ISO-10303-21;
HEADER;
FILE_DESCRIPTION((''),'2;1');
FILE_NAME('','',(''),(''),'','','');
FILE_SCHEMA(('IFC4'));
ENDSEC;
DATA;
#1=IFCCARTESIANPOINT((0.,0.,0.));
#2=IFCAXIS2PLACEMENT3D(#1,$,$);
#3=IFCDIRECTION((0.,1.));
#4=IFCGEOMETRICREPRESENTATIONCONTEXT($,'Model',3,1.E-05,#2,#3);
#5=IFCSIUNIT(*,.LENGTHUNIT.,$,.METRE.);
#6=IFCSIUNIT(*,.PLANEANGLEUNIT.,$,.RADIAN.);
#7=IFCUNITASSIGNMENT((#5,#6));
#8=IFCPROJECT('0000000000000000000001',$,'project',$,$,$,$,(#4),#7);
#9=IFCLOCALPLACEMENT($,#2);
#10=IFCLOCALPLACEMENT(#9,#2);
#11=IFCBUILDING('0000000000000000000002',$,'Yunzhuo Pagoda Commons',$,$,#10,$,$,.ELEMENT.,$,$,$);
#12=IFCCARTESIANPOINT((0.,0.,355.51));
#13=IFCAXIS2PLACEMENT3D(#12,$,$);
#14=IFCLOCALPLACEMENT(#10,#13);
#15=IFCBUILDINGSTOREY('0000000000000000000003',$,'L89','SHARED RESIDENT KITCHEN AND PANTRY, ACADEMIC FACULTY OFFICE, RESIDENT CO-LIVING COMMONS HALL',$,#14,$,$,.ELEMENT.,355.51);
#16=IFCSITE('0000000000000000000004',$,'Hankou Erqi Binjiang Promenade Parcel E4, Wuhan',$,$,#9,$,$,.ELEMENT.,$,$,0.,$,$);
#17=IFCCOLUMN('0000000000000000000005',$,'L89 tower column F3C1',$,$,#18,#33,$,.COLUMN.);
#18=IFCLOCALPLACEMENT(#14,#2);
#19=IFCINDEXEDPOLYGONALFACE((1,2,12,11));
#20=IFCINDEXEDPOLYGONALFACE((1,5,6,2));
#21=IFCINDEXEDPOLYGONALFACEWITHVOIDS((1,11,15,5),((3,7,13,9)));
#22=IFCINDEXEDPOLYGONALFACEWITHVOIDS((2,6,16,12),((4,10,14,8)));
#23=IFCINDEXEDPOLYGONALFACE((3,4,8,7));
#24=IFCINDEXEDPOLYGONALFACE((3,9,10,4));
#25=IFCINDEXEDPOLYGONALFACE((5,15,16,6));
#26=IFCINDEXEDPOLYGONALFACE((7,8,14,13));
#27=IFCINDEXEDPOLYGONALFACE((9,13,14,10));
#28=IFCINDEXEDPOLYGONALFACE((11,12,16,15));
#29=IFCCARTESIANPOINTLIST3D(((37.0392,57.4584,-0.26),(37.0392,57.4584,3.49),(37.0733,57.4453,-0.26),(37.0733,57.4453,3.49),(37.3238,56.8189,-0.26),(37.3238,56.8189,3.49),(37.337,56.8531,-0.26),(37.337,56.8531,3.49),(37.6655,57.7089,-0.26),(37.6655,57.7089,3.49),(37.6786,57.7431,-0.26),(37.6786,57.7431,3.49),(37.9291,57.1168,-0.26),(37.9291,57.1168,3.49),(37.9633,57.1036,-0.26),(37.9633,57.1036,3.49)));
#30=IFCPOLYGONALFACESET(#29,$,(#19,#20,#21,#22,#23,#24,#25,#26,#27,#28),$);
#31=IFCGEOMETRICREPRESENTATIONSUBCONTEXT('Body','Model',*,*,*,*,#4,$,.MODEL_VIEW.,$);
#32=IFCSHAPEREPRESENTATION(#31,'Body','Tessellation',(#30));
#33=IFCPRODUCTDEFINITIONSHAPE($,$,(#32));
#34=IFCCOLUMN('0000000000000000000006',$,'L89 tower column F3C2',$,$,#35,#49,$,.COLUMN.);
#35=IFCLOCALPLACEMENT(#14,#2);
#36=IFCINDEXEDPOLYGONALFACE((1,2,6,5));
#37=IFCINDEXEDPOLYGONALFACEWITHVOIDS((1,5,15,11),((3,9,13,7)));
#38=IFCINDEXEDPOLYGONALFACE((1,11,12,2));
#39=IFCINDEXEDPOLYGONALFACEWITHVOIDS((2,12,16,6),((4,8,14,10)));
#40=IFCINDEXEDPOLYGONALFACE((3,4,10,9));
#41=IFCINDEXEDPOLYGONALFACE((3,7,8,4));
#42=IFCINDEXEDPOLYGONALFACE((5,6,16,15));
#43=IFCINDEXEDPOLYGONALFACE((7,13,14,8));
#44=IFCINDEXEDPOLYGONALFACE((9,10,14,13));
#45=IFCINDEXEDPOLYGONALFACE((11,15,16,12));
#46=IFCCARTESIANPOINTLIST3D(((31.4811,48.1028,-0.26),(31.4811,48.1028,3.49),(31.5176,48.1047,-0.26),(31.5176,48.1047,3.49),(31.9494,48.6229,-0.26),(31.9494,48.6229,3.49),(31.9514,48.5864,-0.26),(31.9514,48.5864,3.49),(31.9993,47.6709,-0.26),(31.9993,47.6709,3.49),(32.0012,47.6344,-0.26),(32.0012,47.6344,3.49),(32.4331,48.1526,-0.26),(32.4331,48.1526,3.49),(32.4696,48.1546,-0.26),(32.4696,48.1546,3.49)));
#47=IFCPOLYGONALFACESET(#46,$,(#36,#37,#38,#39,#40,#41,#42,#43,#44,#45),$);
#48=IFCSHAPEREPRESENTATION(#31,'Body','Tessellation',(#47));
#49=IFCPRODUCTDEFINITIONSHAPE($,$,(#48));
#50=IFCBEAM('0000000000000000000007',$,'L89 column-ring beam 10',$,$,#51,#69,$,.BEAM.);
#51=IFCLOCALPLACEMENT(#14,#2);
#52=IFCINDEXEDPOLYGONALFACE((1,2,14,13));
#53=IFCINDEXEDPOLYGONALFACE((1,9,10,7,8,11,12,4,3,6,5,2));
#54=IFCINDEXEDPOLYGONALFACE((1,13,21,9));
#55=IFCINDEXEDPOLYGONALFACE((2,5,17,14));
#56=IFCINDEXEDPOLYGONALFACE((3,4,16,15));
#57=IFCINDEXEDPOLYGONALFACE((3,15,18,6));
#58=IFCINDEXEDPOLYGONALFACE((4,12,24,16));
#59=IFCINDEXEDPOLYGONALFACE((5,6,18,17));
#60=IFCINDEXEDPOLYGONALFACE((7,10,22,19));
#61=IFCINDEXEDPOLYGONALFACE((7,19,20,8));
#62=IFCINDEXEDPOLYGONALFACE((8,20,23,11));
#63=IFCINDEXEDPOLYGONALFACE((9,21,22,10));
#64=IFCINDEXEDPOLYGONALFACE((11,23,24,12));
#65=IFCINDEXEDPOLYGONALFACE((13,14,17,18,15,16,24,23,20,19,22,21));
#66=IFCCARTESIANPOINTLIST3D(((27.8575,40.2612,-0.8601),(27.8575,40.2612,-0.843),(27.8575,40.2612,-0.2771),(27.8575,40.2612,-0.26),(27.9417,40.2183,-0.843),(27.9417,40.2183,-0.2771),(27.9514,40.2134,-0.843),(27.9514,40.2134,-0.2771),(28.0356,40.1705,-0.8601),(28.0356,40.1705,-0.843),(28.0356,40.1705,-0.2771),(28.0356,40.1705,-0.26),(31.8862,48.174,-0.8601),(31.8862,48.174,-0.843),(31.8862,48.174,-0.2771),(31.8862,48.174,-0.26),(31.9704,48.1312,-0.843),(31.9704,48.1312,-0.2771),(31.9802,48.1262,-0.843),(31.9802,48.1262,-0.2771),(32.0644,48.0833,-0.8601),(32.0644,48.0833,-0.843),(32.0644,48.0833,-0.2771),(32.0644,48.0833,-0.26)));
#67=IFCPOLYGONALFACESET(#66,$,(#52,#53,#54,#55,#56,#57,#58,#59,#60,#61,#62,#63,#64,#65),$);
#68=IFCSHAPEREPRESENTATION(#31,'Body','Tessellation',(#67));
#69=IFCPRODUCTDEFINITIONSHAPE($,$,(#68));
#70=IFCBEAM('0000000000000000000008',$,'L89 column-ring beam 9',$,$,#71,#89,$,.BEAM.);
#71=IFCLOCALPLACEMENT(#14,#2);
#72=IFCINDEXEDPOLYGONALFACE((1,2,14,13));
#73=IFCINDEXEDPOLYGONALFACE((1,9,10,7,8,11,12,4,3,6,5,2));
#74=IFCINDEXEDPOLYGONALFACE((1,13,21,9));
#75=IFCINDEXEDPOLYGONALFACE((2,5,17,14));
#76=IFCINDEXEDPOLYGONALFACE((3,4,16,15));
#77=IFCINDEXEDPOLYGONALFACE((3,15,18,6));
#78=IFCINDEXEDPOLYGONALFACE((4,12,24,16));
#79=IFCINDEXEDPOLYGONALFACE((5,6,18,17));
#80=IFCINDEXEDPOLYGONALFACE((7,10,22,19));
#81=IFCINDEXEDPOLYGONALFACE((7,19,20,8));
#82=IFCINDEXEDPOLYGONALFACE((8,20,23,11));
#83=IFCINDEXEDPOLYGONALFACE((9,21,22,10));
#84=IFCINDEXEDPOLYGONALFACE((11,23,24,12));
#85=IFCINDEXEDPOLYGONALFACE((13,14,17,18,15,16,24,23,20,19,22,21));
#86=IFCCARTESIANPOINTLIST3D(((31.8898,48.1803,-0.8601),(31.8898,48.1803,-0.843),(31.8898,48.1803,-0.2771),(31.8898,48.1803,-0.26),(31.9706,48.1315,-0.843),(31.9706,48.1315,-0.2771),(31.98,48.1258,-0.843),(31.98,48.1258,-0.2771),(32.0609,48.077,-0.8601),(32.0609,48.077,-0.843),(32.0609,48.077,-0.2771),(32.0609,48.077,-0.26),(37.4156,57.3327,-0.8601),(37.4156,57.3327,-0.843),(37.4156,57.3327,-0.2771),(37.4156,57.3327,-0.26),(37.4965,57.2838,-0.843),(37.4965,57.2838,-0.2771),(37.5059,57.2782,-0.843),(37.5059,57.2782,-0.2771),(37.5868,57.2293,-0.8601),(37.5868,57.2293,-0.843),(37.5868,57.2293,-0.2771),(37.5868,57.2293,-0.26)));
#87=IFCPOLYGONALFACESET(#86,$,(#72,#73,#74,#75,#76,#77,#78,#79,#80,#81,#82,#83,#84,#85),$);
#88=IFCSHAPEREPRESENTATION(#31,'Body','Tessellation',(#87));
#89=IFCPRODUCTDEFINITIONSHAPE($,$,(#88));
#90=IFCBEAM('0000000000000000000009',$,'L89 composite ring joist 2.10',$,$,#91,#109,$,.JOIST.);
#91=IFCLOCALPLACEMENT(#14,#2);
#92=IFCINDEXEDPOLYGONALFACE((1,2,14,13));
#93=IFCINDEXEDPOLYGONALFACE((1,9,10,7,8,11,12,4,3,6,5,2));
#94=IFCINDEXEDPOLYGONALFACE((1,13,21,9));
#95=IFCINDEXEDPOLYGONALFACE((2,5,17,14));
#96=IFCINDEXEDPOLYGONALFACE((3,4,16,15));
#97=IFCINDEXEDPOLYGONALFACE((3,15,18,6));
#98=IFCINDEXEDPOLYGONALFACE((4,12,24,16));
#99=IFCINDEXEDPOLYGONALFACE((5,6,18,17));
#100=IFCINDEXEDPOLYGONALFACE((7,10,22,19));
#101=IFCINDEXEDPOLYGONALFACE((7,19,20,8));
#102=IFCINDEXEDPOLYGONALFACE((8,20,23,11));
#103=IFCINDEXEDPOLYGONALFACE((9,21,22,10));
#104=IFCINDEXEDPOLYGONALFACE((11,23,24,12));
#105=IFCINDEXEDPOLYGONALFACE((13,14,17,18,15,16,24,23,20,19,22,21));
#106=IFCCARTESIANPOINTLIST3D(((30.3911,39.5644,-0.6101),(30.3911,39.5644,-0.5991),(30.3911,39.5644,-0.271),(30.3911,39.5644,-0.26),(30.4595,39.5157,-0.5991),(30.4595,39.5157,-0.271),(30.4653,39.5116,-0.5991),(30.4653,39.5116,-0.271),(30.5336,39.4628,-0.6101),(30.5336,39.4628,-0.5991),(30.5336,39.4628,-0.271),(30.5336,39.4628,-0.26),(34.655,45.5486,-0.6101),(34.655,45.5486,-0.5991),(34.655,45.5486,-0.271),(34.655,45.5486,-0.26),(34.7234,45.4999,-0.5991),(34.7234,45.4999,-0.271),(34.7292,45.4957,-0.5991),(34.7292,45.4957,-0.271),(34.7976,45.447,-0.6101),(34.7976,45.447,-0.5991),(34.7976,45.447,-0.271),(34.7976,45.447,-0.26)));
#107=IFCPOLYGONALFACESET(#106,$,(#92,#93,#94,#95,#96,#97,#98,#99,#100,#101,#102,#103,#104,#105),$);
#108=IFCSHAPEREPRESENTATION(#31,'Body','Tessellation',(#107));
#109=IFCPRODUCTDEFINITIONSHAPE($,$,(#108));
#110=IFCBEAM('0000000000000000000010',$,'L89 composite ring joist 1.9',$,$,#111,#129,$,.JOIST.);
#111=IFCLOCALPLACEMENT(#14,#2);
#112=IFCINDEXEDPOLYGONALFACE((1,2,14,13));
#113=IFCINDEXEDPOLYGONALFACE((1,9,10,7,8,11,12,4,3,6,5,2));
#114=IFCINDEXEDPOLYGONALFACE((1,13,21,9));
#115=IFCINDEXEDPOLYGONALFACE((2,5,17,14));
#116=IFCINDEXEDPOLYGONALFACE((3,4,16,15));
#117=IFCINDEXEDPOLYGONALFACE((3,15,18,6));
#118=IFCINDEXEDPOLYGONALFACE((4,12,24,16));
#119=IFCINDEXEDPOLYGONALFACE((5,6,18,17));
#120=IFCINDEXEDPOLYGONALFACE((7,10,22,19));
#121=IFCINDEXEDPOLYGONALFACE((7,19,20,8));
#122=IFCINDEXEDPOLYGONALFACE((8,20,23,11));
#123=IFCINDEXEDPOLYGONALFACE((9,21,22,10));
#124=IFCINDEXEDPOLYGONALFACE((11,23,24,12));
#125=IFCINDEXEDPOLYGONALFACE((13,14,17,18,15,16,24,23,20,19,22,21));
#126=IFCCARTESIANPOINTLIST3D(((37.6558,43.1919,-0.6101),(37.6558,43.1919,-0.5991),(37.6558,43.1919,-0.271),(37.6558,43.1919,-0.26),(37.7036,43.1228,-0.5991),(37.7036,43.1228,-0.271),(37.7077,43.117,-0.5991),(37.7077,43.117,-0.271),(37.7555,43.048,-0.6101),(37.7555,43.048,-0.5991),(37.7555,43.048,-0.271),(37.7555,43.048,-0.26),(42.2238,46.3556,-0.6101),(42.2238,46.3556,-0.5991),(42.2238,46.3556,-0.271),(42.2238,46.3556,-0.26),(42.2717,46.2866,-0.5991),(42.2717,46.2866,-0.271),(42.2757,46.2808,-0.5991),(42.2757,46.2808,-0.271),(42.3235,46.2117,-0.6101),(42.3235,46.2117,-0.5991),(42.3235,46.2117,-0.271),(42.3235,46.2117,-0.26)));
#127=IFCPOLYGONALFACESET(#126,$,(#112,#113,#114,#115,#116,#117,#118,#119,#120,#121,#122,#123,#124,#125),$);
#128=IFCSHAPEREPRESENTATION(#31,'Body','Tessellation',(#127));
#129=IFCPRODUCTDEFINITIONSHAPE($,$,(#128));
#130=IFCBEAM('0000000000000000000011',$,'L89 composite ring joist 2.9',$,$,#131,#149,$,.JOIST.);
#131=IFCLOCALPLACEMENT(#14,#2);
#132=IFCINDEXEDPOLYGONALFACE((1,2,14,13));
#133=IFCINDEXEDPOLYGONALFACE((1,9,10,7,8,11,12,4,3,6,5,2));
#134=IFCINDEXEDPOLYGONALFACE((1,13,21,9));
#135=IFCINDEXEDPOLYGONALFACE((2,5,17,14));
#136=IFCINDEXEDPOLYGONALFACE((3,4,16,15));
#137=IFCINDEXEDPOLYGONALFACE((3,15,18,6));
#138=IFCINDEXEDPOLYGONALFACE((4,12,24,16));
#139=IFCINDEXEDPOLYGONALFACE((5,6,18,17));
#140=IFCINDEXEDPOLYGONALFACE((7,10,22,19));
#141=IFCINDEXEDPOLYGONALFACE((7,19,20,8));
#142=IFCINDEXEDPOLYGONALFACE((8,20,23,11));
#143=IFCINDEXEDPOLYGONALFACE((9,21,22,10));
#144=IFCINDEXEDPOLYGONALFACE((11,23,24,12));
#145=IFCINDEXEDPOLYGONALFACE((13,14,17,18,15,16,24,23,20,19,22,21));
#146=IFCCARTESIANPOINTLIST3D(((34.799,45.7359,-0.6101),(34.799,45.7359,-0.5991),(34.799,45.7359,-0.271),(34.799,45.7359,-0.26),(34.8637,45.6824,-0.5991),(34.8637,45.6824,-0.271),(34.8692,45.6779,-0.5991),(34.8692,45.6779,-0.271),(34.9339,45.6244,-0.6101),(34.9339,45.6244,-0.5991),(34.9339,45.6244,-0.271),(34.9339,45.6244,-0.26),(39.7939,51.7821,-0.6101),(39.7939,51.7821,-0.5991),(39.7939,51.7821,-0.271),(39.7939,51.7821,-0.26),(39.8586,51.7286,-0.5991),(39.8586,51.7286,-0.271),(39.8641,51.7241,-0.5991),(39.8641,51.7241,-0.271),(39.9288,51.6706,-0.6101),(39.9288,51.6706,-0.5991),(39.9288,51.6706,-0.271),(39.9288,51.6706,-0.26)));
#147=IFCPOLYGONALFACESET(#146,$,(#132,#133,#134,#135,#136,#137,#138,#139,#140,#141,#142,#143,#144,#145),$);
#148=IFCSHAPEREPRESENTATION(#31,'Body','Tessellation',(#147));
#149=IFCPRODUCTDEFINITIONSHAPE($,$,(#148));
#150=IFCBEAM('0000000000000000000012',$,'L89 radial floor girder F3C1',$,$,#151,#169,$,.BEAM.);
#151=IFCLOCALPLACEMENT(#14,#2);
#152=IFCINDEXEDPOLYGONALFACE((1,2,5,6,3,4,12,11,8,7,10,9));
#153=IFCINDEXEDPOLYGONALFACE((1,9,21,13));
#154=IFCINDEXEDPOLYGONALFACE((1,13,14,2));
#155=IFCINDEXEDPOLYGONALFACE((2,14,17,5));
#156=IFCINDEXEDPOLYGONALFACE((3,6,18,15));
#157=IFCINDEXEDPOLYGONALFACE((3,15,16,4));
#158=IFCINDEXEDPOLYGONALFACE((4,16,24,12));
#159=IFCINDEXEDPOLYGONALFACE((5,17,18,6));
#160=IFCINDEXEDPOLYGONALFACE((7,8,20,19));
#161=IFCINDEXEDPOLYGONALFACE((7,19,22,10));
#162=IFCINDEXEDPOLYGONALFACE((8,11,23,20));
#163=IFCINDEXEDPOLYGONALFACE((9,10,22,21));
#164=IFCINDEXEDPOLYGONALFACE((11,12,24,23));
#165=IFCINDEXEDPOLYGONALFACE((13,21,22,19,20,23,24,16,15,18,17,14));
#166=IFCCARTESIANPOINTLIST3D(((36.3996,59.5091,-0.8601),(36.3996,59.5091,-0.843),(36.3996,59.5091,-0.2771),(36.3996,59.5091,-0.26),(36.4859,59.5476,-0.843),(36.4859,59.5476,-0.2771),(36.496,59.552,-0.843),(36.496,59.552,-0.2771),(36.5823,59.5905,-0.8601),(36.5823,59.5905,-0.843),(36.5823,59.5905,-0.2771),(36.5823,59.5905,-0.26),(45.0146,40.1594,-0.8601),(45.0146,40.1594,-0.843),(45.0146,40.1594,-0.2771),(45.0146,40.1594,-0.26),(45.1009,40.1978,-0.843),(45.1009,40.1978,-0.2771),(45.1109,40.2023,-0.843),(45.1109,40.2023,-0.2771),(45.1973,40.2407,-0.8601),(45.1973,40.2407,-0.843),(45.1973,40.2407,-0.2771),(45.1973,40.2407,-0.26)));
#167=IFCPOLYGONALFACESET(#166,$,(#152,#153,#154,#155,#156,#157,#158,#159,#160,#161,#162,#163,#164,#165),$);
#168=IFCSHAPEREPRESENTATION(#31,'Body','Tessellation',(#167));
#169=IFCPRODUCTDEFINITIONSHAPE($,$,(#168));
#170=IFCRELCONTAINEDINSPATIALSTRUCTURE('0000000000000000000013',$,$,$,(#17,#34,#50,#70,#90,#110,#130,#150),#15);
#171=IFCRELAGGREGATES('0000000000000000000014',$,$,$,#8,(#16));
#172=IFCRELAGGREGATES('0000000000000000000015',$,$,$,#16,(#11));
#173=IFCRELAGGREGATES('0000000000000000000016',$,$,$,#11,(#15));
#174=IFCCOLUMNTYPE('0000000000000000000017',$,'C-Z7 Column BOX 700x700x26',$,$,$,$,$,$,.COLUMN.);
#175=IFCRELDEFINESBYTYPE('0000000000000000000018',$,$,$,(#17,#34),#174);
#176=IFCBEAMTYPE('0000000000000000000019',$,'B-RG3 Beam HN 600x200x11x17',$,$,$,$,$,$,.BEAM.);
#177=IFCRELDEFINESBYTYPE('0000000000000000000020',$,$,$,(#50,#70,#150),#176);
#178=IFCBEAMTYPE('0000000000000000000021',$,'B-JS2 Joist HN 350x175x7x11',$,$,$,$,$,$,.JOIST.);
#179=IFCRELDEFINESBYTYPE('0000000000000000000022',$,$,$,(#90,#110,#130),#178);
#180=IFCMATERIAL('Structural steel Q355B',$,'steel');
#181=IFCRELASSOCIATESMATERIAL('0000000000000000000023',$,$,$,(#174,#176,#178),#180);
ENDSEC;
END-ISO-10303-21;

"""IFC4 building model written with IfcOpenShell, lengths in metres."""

from ifc_helpers import new_model, si_unit, direction, frame, origin, origin_2d, place, context, subcontext, project, spatial, hollow_rectangle, i_section, extrude, source, transform, mapped, material, material_profile, profile_set, type_object, element, save


model = new_model("IFC4")

# Units and contexts
model_context = context("Model", 3, precision=1e-05, world=origin(), true_north=direction((0.0, 1.0)))
body_context = subcontext(model_context, "Body", "Model", "MODEL_VIEW")
ifc_project = project(units=[si_unit("LENGTHUNIT", "METRE"), si_unit("PLANEANGLEUNIT", "RADIAN")], contexts=[model_context])

# Site, building, storey
site_placement = place(None, origin())
site = spatial("IfcSite", under=ifc_project, at=site_placement, Name="Hankou Erqi Binjiang Promenade Parcel E4, Wuhan", CompositionType="ELEMENT", RefElevation=0.0)
building_placement = place(site_placement, origin())
building = spatial("IfcBuilding", under=site, at=building_placement, Name="Yunzhuo Pagoda Commons", CompositionType="ELEMENT")
storey_placement = place(building_placement, frame((0.0, 0.0, 355.51)))
storey = spatial("IfcBuildingStorey", under=building, at=storey_placement, Name="L89", Description="SHARED RESIDENT KITCHEN AND PANTRY, ACADEMIC FACULTY OFFICE, RESIDENT CO-LIVING COMMONS HALL", CompositionType="ELEMENT", Elevation=355.51)

# Columns
ifc_material_1 = material(Name="Structural steel Q355B", Category="steel")
ifc_material_profile_1 = material_profile(ifc_material_1, hollow_rectangle(XDim=0.7, YDim=0.7, WallThickness=0.0259, at=origin_2d()), Name="Structural steel Q355B")
ifc_profile_set_1 = profile_set([ifc_material_profile_1], Name="Structural steel Q355B")
column_type = type_object("IfcColumnType", Name="C-Z7 Column BOX 700x700x26", PredefinedType="COLUMN", material=ifc_profile_set_1)
shared_shape_1 = source(origin(), body_context, "Body", "SweptSolid", [
    extrude(hollow_rectangle(XDim=0.7, YDim=0.7, WallThickness=0.0259, at=origin_2d()), origin(), (0.0, 0.0, 1.0), 3.75),
])
for number, where, z_axis, x_axis, name in (
    (1, (37.5012, 57.281, -0.26), (0.0, 0.0, 1.0), (-0.913545, -0.406737, 0.0), "L89 tower column F3C1"),
    (2, (31.9753, 48.1287, -0.26), (0.0, 0.0, 1.0), (-0.669131, -0.743145, 0.0), "L89 tower column F3C2"),
):
    element("IfcColumn", number, at=place(storey_placement, frame(where, z_axis=z_axis, x_axis=x_axis)), inside=storey, type_object=column_type, Name=name, PredefinedType="COLUMN", context=body_context, shape_type="MappedRepresentation", body=[
        mapped(shared_shape_1, transform((0.0, 0.0, 0.0), scale=1.0)),
    ])

# Beams
ifc_material_profile_2 = material_profile(ifc_material_1, i_section(OverallWidth=0.2, OverallDepth=0.6001, WebThickness=0.011, FlangeThickness=0.0171, at=origin_2d()), Name="Structural steel Q355B")
ifc_profile_set_2 = profile_set([ifc_material_profile_2], Name="Structural steel Q355B")
beam_type_1 = type_object("IfcBeamType", Name="B-RG3 Beam HN 600x200x11x17", PredefinedType="BEAM", material=ifc_profile_set_2)
shared_shape_2 = source(origin(), body_context, "Body", "SweptSolid", [
    extrude(i_section(OverallWidth=0.2, OverallDepth=0.6001, WebThickness=0.011, FlangeThickness=0.0171, at=origin_2d()), origin(), (0.0, 0.0, 1.0), 8.8794),
])
beam_1_placement = place(storey_placement, frame((31.9753, 48.1287, -0.5601), z_axis=(-0.453724, -0.891142, 0.0), x_axis=(0.891142, -0.453724, 0.0)))
element("IfcBeam", 3, at=beam_1_placement, inside=storey, type_object=beam_type_1, Name="L89 column-ring beam 10", PredefinedType="BEAM", context=body_context, shape_type="MappedRepresentation", body=[
    mapped(shared_shape_2, transform((0.0, 0.0, 0.0), scale=1.0)),
])
shared_shape_3 = source(origin(), body_context, "Body", "SweptSolid", [
    extrude(i_section(OverallWidth=0.2, OverallDepth=0.6001, WebThickness=0.011, FlangeThickness=0.0171, at=origin_2d()), origin(), (0.0, 0.0, 1.0), 10.6912),
])
beam_2_placement = place(storey_placement, frame((37.5012, 57.281, -0.5601), z_axis=(-0.516865, -0.856067, 0.0), x_axis=(0.856067, -0.516865, 0.0)))
element("IfcBeam", 4, at=beam_2_placement, inside=storey, type_object=beam_type_1, Name="L89 column-ring beam 9", PredefinedType="BEAM", context=body_context, shape_type="MappedRepresentation", body=[
    mapped(shared_shape_3, transform((0.0, 0.0, 0.0), scale=1.0)),
])
ifc_material_profile_3 = material_profile(ifc_material_1, i_section(OverallWidth=0.175, OverallDepth=0.3501, WebThickness=0.0071, FlangeThickness=0.011, at=origin_2d()), Name="Structural steel Q355B")
ifc_profile_set_3 = profile_set([ifc_material_profile_3], Name="Structural steel Q355B")
beam_type_2 = type_object("IfcBeamType", Name="B-JS2 Joist HN 350x175x7x11", PredefinedType="JOIST", material=ifc_profile_set_3)
shared_shape_4 = source(origin(), body_context, "Body", "SweptSolid", [
    extrude(i_section(OverallWidth=0.175, OverallDepth=0.3501, WebThickness=0.0071, FlangeThickness=0.011, at=origin_2d()), origin(), (0.0, 0.0, 1.0), 7.3479),
])
beam_3_placement = place(storey_placement, frame((34.7263, 45.4978, -0.4351), z_axis=(-0.580295, -0.814406, 0.0), x_axis=(0.814406, -0.580295, 0.0)))
element("IfcBeam", 5, at=beam_3_placement, inside=storey, type_object=beam_type_2, Name="L89 composite ring joist 2.10", PredefinedType="JOIST", context=body_context, shape_type="MappedRepresentation", body=[
    mapped(shared_shape_4, transform((0.0, 0.0, 0.0), scale=1.0)),
])
shared_shape_5 = source(origin(), body_context, "Body", "SweptSolid", [
    extrude(i_section(OverallWidth=0.175, OverallDepth=0.3501, WebThickness=0.0071, FlangeThickness=0.011, at=origin_2d()), origin(), (0.0, 0.0, 1.0), 5.5566),
])
beam_4_placement = place(storey_placement, frame((42.2737, 46.2837, -0.4351), z_axis=(-0.822085, -0.569365, 0.0), x_axis=(0.569365, -0.822085, 0.0)))
element("IfcBeam", 6, at=beam_4_placement, inside=storey, type_object=beam_type_2, Name="L89 composite ring joist 1.9", PredefinedType="JOIST", context=body_context, shape_type="MappedRepresentation", body=[
    mapped(shared_shape_5, transform((0.0, 0.0, 0.0), scale=1.0)),
])
shared_shape_6 = source(origin(), body_context, "Body", "SweptSolid", [
    extrude(i_section(OverallWidth=0.175, OverallDepth=0.3501, WebThickness=0.0071, FlangeThickness=0.011, at=origin_2d()), origin(), (0.0, 0.0, 1.0), 7.8425),
])
beam_5_placement = place(storey_placement, frame((39.8613, 51.7263, -0.4351), z_axis=(-0.636899, -0.770947, 0.0), x_axis=(0.770947, -0.636899, 0.0)))
element("IfcBeam", 7, at=beam_5_placement, inside=storey, type_object=beam_type_2, Name="L89 composite ring joist 2.9", PredefinedType="JOIST", context=body_context, shape_type="MappedRepresentation", body=[
    mapped(shared_shape_6, transform((0.0, 0.0, 0.0), scale=1.0)),
])
shared_shape_7 = source(origin(), body_context, "Body", "SweptSolid", [
    extrude(i_section(OverallWidth=0.2, OverallDepth=0.6001, WebThickness=0.011, FlangeThickness=0.0171, at=origin_2d()), origin(), (0.0, 0.0, 1.0), 21.1809),
])
beam_6_placement = place(storey_placement, frame((36.491, 59.5498, -0.5601), z_axis=(0.406732, -0.913548, 0.0), x_axis=(0.913548, 0.406732, 0.0)))
element("IfcBeam", 8, at=beam_6_placement, inside=storey, type_object=beam_type_1, Name="L89 radial floor girder F3C1", PredefinedType="BEAM", context=body_context, shape_type="MappedRepresentation", body=[
    mapped(shared_shape_7, transform((0.0, 0.0, 0.0), scale=1.0)),
])

save(model, "model.ifc")
